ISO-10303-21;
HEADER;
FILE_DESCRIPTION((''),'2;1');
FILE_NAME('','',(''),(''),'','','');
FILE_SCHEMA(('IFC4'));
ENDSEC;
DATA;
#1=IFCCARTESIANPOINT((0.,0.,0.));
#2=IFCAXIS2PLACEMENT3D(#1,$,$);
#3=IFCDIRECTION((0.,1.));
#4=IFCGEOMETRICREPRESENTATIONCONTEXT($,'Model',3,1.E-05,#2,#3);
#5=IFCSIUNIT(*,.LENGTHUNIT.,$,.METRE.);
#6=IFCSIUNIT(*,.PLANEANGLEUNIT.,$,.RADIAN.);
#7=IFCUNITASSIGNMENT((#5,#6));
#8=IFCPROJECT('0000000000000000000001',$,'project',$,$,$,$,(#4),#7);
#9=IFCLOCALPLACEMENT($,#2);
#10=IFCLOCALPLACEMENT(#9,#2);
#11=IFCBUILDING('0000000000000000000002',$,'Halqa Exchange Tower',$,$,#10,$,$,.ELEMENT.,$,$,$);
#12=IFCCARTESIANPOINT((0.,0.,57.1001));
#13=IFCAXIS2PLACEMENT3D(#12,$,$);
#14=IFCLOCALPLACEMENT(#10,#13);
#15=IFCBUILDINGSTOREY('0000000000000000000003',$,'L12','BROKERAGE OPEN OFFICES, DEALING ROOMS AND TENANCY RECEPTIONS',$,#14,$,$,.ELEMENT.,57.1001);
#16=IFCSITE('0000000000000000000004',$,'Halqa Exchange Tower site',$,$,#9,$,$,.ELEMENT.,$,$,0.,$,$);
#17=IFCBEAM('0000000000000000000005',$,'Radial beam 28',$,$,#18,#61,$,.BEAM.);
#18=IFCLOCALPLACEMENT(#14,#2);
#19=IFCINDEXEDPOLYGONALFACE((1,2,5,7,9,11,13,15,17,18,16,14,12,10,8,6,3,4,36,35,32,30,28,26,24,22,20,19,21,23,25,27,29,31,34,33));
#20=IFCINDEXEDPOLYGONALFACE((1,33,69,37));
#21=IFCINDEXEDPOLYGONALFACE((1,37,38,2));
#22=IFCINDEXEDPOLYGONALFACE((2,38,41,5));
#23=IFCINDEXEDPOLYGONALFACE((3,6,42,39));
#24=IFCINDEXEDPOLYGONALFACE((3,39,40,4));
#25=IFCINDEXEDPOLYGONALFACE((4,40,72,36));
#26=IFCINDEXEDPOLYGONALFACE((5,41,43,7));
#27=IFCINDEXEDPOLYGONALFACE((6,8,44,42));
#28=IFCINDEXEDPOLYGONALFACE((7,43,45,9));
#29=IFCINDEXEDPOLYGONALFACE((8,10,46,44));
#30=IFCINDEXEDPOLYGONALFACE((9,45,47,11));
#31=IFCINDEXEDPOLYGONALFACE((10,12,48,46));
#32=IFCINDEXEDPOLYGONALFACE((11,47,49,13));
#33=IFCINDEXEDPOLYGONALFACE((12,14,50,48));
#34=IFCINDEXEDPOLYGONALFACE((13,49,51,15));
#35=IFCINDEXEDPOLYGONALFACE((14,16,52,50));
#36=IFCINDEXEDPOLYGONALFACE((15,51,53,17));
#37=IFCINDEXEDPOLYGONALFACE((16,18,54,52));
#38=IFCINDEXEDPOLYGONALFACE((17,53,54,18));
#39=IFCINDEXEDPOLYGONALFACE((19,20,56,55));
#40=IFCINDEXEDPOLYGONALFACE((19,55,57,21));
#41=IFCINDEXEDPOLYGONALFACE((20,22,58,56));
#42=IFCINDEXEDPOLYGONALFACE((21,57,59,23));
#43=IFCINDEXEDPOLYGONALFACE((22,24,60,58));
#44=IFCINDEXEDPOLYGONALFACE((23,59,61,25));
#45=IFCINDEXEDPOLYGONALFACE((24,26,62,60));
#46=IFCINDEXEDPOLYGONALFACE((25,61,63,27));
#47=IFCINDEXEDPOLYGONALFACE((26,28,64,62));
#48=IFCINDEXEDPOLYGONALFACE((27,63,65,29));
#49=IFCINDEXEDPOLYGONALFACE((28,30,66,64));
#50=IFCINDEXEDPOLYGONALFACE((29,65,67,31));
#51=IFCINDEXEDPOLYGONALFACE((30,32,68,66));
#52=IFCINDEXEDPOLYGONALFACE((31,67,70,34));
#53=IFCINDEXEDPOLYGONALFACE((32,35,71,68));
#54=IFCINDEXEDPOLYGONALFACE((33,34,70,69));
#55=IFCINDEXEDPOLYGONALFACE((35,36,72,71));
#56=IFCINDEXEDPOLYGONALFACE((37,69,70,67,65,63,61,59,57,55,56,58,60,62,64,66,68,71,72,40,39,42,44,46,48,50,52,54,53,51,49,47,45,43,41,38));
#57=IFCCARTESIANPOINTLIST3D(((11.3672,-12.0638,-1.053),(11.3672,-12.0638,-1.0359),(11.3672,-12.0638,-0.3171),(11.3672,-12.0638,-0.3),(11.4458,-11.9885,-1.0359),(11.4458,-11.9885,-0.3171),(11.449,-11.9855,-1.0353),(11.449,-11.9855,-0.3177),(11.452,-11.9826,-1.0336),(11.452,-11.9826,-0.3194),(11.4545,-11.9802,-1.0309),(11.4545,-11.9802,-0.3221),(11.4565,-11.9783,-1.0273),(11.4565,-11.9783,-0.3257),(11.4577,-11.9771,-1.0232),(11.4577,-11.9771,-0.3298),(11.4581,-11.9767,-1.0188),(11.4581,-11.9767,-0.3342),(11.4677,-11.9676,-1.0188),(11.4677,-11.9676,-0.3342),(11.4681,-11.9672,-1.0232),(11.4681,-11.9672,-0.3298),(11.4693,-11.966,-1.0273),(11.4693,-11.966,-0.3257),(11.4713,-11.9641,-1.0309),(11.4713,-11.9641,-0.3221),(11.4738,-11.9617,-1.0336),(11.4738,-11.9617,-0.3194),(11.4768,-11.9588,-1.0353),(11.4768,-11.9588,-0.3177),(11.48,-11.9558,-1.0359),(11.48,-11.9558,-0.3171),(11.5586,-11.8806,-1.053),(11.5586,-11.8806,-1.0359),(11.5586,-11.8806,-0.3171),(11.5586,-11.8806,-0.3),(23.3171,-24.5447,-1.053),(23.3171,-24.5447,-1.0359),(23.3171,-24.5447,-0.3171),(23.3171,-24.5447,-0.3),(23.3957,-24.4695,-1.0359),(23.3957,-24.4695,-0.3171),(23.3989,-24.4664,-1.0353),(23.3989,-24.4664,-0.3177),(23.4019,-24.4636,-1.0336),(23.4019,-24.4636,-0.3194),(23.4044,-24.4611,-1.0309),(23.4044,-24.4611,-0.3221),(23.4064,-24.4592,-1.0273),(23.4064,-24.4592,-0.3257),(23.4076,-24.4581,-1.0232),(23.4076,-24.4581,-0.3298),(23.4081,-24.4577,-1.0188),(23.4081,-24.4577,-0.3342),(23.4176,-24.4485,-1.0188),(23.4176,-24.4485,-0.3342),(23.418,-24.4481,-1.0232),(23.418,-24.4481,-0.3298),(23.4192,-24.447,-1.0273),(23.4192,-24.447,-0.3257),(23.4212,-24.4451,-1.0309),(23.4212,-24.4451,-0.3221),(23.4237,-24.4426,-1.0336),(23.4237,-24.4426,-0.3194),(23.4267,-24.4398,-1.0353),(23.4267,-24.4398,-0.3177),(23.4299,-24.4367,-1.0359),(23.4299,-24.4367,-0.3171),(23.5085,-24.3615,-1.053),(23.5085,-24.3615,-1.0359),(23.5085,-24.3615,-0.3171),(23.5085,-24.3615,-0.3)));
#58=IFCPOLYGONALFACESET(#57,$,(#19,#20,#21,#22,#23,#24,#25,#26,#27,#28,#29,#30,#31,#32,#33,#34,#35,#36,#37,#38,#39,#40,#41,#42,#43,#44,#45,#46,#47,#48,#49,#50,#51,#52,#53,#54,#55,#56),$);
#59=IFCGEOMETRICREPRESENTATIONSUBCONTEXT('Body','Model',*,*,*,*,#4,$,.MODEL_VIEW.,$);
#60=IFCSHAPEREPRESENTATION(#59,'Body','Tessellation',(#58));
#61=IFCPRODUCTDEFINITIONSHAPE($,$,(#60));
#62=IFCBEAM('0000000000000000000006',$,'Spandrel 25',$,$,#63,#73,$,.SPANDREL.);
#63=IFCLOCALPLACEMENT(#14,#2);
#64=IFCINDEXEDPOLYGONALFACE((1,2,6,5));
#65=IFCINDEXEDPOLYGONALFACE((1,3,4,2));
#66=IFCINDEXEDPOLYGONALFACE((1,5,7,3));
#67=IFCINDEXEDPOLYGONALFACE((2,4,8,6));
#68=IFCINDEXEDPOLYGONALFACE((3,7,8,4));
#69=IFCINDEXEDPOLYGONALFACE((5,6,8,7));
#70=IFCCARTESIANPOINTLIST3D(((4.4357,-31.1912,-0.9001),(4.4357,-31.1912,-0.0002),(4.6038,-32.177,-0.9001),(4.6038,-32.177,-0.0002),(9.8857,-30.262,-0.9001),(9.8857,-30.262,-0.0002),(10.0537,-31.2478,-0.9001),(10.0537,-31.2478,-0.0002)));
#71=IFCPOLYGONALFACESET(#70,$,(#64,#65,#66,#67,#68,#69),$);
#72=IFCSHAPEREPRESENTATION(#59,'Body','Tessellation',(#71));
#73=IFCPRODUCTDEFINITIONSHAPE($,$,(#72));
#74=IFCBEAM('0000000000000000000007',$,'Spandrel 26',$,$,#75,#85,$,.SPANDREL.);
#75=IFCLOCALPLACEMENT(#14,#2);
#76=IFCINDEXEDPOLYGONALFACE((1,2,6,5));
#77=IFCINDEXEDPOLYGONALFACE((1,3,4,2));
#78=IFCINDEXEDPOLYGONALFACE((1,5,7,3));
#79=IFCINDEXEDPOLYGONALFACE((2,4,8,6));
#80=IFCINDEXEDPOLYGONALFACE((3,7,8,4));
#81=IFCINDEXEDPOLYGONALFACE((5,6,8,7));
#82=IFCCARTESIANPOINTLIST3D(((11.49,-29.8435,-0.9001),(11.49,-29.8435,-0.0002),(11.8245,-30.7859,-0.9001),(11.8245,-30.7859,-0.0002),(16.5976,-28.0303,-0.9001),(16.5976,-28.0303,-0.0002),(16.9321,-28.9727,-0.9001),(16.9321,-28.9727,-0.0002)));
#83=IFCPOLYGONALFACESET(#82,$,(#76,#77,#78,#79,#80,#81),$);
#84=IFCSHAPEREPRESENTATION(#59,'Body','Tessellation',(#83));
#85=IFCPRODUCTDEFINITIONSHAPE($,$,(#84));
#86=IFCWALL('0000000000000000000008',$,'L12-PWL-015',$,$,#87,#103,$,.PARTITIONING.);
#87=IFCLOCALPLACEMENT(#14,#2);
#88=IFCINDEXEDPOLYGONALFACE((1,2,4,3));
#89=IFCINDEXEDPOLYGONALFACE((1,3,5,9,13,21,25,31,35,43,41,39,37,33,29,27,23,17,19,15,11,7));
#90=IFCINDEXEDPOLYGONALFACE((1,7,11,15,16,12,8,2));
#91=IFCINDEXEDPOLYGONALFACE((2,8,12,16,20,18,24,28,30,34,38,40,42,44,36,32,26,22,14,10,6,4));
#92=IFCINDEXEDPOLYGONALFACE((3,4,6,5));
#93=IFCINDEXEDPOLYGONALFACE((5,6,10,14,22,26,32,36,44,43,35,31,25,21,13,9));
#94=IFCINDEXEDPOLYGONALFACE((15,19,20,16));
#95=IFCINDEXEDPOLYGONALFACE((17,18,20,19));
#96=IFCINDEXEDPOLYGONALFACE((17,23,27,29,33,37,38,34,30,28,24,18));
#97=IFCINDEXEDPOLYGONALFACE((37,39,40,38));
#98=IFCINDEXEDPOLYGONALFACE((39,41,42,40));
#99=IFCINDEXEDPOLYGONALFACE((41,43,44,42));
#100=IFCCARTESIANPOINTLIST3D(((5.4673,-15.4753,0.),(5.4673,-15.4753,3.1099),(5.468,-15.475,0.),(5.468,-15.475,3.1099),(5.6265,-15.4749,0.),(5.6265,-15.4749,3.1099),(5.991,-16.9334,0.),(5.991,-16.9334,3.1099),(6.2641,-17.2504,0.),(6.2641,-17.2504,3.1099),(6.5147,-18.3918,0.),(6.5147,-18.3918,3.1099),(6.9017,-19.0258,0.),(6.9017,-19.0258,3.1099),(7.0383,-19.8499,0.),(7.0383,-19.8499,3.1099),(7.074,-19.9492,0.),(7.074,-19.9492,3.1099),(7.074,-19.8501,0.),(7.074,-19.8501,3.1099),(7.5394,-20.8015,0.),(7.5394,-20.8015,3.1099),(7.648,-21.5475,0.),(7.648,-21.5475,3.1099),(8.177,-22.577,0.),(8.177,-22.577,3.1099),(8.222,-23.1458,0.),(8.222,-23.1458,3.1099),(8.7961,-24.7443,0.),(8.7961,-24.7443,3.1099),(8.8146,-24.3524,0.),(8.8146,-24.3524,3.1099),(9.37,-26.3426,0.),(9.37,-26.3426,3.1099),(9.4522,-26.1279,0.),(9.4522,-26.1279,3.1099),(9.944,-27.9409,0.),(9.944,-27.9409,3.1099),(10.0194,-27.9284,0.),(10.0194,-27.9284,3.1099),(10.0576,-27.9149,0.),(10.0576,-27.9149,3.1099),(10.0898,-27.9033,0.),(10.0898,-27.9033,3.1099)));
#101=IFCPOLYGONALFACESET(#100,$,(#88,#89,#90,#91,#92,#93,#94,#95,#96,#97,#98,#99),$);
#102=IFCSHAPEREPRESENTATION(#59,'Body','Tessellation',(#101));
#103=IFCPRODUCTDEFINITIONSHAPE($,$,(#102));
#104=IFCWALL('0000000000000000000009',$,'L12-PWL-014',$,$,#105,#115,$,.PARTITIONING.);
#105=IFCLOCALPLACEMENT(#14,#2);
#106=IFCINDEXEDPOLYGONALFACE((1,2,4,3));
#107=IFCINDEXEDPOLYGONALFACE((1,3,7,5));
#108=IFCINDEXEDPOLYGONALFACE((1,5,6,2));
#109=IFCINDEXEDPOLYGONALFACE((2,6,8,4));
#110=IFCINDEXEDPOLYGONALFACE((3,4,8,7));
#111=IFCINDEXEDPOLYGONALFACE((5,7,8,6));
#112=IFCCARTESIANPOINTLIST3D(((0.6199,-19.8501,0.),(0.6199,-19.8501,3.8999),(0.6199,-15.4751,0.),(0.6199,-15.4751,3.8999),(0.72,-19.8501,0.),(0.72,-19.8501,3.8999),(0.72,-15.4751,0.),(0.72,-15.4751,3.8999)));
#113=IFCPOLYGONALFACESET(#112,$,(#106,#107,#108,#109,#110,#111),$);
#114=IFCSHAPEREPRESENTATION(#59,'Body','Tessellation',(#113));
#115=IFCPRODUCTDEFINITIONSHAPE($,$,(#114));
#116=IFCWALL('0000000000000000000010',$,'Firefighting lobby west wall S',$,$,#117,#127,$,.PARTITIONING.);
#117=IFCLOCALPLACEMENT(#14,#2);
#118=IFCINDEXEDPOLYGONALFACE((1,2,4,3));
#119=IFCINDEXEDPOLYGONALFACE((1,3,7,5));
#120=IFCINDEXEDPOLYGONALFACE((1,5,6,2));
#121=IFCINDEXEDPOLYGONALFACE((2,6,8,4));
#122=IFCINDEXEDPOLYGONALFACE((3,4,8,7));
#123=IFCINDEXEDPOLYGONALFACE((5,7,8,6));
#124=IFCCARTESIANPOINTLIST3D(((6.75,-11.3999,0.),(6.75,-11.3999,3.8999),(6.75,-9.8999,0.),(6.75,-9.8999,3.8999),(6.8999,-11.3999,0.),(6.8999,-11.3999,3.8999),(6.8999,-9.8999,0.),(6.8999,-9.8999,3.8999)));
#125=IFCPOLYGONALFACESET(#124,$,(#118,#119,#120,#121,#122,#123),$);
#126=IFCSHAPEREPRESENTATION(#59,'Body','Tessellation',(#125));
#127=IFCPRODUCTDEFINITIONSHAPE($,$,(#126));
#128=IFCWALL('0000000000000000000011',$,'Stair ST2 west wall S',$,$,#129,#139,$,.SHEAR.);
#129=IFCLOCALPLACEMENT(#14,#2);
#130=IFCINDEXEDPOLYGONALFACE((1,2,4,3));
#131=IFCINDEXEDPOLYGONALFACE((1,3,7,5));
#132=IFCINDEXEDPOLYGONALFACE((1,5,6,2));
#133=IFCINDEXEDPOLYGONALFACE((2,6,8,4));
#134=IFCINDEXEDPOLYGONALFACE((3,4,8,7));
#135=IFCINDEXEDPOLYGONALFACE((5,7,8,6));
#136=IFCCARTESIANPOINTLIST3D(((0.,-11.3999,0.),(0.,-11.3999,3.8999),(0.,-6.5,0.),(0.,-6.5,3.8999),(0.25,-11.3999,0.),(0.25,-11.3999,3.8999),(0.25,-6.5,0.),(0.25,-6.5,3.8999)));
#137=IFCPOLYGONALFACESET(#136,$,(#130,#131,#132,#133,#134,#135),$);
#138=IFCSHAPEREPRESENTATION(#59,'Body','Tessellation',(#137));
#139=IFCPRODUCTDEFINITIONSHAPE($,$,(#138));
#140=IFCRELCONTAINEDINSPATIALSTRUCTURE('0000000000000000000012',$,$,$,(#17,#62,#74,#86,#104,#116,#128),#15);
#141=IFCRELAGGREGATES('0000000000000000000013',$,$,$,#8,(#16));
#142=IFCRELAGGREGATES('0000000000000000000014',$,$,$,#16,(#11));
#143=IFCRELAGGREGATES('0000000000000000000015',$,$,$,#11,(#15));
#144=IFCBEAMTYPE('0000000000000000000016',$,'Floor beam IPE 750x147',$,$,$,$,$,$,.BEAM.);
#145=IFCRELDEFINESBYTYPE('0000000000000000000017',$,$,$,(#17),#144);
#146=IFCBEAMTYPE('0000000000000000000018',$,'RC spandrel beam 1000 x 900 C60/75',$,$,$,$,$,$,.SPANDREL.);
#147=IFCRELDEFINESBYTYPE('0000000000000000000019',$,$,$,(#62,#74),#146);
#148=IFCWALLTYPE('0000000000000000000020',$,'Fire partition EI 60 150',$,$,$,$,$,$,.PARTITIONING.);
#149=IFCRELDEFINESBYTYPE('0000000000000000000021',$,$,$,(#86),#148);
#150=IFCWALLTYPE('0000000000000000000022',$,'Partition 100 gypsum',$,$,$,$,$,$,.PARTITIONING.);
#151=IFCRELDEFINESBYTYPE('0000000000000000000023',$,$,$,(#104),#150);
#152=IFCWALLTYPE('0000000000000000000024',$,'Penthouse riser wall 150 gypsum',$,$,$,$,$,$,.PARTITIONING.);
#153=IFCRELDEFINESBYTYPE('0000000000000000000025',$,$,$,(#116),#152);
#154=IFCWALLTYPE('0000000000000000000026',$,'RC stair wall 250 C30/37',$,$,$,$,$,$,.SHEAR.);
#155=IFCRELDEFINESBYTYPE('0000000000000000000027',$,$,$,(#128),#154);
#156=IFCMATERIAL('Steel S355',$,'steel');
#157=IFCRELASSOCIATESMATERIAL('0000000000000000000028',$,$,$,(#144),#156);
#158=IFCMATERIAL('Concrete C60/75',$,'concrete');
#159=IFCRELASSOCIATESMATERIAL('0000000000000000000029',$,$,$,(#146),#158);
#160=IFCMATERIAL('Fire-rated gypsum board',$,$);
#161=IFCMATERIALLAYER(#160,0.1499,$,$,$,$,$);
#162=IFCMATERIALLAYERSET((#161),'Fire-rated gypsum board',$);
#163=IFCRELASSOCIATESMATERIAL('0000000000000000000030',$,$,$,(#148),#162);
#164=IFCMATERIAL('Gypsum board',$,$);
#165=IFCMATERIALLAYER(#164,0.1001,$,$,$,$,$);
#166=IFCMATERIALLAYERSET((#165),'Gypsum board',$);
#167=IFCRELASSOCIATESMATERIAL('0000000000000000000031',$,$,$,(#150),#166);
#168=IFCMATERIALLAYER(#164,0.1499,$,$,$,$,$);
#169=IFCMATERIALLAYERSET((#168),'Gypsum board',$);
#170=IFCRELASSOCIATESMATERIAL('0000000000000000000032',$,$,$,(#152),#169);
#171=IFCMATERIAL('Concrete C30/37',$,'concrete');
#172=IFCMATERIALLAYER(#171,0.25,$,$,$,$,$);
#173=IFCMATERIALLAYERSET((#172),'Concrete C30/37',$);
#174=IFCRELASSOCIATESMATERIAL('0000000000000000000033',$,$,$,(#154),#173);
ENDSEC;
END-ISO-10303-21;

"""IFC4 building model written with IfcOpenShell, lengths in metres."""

from ifc_helpers import new_model, si_unit, direction, frame, frame_2d, origin, origin_2d, place, context, subcontext, project, spatial, polyline, rectangle, i_section, outline, extrude, material, layer, layer_set, material_profile, profile_set, type_object, element, save


model = new_model("IFC4")

# Units and contexts
model_context = context("Model", 3, precision=1e-05, world=origin(), true_north=direction((0.0, 1.0)))
body_context = subcontext(model_context, "Body", "Model", "MODEL_VIEW")
ifc_project = project(units=[si_unit("LENGTHUNIT", "METRE"), si_unit("PLANEANGLEUNIT", "RADIAN")], contexts=[model_context])

# Site, building, storey
site_placement = place(None, origin())
site = spatial("IfcSite", under=ifc_project, at=site_placement, Name="Halqa Exchange Tower site", CompositionType="ELEMENT", RefElevation=0.0)
building_placement = place(site_placement, origin())
building = spatial("IfcBuilding", under=site, at=building_placement, Name="Halqa Exchange Tower", CompositionType="ELEMENT")
storey_placement = place(building_placement, frame((0.0, 0.0, 57.1001)))
storey = spatial("IfcBuildingStorey", under=building, at=storey_placement, Name="L12", Description="BROKERAGE OPEN OFFICES, DEALING ROOMS AND TENANCY RECEPTIONS", CompositionType="ELEMENT", Elevation=57.1001)

# Beams
ifc_material_1 = material(Name="Steel S355", Category="steel")
ifc_material_profile_1 = material_profile(ifc_material_1, i_section(OverallWidth=0.2649, OverallDepth=0.7529, WebThickness=0.0132, FlangeThickness=0.0171, FilletRadius=0.0171, at=origin_2d()), Name="IPE 750x147")
ifc_profile_set_1 = profile_set([ifc_material_profile_1], Name="Steel S355")
beam_type_1 = type_object("IfcBeamType", Name="Floor beam IPE 750x147", PredefinedType="BEAM", material=ifc_profile_set_1)
beam_1_placement = place(storey_placement, frame((11.4629, -11.9722, -0.6765), z_axis=(0.691574, -0.722305, 0.0), x_axis=(0.722305, 0.691574, 0.0)))
element("IfcBeam", 1, at=beam_1_placement, inside=storey, type_object=beam_type_1, Name="Radial beam 28", PredefinedType="BEAM", context=body_context, shape_type="SweptSolid", body=[
    extrude(i_section(OverallWidth=0.2649, OverallDepth=0.7529, WebThickness=0.0132, FlangeThickness=0.0171, FilletRadius=0.0171, at=origin_2d()), origin(), (0.0, 0.0, 1.0), 17.2793),
])
ifc_material_2 = material(Name="Concrete C60/75", Category="concrete")
ifc_material_profile_2 = material_profile(ifc_material_2, rectangle(XDim=1.0, YDim=0.8999, at=origin_2d()), Name="1000 x 900")
ifc_profile_set_2 = profile_set([ifc_material_profile_2], Name="Concrete C60/75")
beam_type_2 = type_object("IfcBeamType", Name="RC spandrel beam 1000 x 900 C60/75", PredefinedType="SPANDREL", material=ifc_profile_set_2)
beam_2_placement = place(storey_placement, frame((4.5198, -31.6841, -0.4502), z_axis=(0.985775, 0.168071, 0.0), x_axis=(-0.168071, 0.985775, 0.0)))
element("IfcBeam", 2, at=beam_2_placement, inside=storey, type_object=beam_type_2, Name="Spandrel 25", PredefinedType="SPANDREL", context=body_context, shape_type="SweptSolid", body=[
    extrude(rectangle(XDim=1.0, YDim=0.8999, at=origin_2d()), origin(), (0.0, 0.0, 1.0), 5.5286),
])
beam_3_placement = place(storey_placement, frame((11.6572, -30.3147, -0.4502), z_axis=(0.942379, 0.334547, 0.0), x_axis=(-0.334547, 0.942379, 0.0)))
element("IfcBeam", 3, at=beam_3_placement, inside=storey, type_object=beam_type_2, Name="Spandrel 26", PredefinedType="SPANDREL", context=body_context, shape_type="SweptSolid", body=[
    extrude(rectangle(XDim=1.0, YDim=0.8999, at=origin_2d()), origin(), (0.0, 0.0, 1.0), 5.4199),
])

# Walls
ifc_material_3 = material(Name="Fire-rated gypsum board")
ifc_layer_1 = layer(ifc_material_3, 0.1499)
ifc_layer_set_1 = layer_set([ifc_layer_1], Name="Fire-rated gypsum board")
wall_type_1 = type_object("IfcWallType", Name="Fire partition EI 60 150", PredefinedType="PARTITIONING", material=ifc_layer_set_1)
wall_1_placement = place(storey_placement, frame((5.5378, -15.45, 0.0), z_axis=(0.0, 0.0, 1.0), x_axis=(0.337991, -0.941149, 0.0)))
element("IfcWall", 4, at=wall_1_placement, inside=storey, type_object=wall_type_1, Name="L12-PWL-015", PredefinedType="PARTITIONING", context=body_context, shape_type="SweptSolid", body=[
    extrude(outline(polyline([(0.0, -0.075), (1.5493, -0.075), (3.0989, -0.075), (4.6482, -0.075), (4.6604, -0.0415), (4.7537, -0.075), (6.4519, -0.075), (8.1501, -0.075), (9.8486, -0.075), (11.5469, -0.075), (13.2451, -0.075), (13.2588, 0.0002), (13.259, 0.0408), (13.259, 0.075), (11.3726, 0.075), (9.4861, 0.075), (7.5996, 0.075), (5.7131, 0.075), (3.8264, 0.075), (1.9399, 0.075), (0.0535, 0.075), (0.0, -0.0742), (0.0, -0.075)])), origin(), (0.0, 0.0, 1.0), 3.1099),
])
ifc_material_4 = material(Name="Gypsum board")
ifc_layer_2 = layer(ifc_material_4, 0.1001)
ifc_layer_set_2 = layer_set([ifc_layer_2], Name="Gypsum board")
wall_type_2 = type_object("IfcWallType", Name="Partition 100 gypsum", PredefinedType="PARTITIONING", material=ifc_layer_set_2)
wall_2_placement = place(storey_placement, frame((0.6699, -15.4751, 0.0), z_axis=(0.0, 0.0, 1.0), x_axis=(0.0, -1.0, 0.0)))
element("IfcWall", 5, at=wall_2_placement, inside=storey, type_object=wall_type_2, Name="L12-PWL-014", PredefinedType="PARTITIONING", context=body_context, shape_type="SweptSolid", body=[
    extrude(rectangle(XDim=4.375, YDim=0.1001, at=frame_2d((2.1875, 0.0))), origin(), (0.0, 0.0, 1.0), 3.8999),
])
ifc_layer_3 = layer(ifc_material_4, 0.1499)
ifc_layer_set_3 = layer_set([ifc_layer_3], Name="Gypsum board")
wall_type_3 = type_object("IfcWallType", Name="Penthouse riser wall 150 gypsum", PredefinedType="PARTITIONING", material=ifc_layer_set_3)
wall_3_placement = place(storey_placement, frame((6.825, -11.3999, 0.0), z_axis=(0.0, 0.0, 1.0), x_axis=(0.0, 1.0, 0.0)))
element("IfcWall", 6, at=wall_3_placement, inside=storey, type_object=wall_type_3, Name="Firefighting lobby west wall S", PredefinedType="PARTITIONING", context=body_context, shape_type="SweptSolid", body=[
    extrude(rectangle(XDim=1.5, YDim=0.1499, at=frame_2d((0.75, 0.0))), origin(), (0.0, 0.0, 1.0), 3.8999),
])
ifc_material_5 = material(Name="Concrete C30/37", Category="concrete")
ifc_layer_4 = layer(ifc_material_5, 0.25)
ifc_layer_set_4 = layer_set([ifc_layer_4], Name="Concrete C30/37")
wall_type_4 = type_object("IfcWallType", Name="RC stair wall 250 C30/37", PredefinedType="SHEAR", material=ifc_layer_set_4)
wall_4_placement = place(storey_placement, frame((0.125, -11.3999, 0.0), z_axis=(0.0, 0.0, 1.0), x_axis=(0.0, 1.0, 0.0)))
element("IfcWall", 7, at=wall_4_placement, inside=storey, type_object=wall_type_4, Name="Stair ST2 west wall S", PredefinedType="SHEAR", context=body_context, shape_type="SweptSolid", body=[
    extrude(rectangle(XDim=4.8999, YDim=0.25, at=frame_2d((2.45, 0.0))), origin(), (0.0, 0.0, 1.0), 3.8999),
])

save(model, "model.ifc")
